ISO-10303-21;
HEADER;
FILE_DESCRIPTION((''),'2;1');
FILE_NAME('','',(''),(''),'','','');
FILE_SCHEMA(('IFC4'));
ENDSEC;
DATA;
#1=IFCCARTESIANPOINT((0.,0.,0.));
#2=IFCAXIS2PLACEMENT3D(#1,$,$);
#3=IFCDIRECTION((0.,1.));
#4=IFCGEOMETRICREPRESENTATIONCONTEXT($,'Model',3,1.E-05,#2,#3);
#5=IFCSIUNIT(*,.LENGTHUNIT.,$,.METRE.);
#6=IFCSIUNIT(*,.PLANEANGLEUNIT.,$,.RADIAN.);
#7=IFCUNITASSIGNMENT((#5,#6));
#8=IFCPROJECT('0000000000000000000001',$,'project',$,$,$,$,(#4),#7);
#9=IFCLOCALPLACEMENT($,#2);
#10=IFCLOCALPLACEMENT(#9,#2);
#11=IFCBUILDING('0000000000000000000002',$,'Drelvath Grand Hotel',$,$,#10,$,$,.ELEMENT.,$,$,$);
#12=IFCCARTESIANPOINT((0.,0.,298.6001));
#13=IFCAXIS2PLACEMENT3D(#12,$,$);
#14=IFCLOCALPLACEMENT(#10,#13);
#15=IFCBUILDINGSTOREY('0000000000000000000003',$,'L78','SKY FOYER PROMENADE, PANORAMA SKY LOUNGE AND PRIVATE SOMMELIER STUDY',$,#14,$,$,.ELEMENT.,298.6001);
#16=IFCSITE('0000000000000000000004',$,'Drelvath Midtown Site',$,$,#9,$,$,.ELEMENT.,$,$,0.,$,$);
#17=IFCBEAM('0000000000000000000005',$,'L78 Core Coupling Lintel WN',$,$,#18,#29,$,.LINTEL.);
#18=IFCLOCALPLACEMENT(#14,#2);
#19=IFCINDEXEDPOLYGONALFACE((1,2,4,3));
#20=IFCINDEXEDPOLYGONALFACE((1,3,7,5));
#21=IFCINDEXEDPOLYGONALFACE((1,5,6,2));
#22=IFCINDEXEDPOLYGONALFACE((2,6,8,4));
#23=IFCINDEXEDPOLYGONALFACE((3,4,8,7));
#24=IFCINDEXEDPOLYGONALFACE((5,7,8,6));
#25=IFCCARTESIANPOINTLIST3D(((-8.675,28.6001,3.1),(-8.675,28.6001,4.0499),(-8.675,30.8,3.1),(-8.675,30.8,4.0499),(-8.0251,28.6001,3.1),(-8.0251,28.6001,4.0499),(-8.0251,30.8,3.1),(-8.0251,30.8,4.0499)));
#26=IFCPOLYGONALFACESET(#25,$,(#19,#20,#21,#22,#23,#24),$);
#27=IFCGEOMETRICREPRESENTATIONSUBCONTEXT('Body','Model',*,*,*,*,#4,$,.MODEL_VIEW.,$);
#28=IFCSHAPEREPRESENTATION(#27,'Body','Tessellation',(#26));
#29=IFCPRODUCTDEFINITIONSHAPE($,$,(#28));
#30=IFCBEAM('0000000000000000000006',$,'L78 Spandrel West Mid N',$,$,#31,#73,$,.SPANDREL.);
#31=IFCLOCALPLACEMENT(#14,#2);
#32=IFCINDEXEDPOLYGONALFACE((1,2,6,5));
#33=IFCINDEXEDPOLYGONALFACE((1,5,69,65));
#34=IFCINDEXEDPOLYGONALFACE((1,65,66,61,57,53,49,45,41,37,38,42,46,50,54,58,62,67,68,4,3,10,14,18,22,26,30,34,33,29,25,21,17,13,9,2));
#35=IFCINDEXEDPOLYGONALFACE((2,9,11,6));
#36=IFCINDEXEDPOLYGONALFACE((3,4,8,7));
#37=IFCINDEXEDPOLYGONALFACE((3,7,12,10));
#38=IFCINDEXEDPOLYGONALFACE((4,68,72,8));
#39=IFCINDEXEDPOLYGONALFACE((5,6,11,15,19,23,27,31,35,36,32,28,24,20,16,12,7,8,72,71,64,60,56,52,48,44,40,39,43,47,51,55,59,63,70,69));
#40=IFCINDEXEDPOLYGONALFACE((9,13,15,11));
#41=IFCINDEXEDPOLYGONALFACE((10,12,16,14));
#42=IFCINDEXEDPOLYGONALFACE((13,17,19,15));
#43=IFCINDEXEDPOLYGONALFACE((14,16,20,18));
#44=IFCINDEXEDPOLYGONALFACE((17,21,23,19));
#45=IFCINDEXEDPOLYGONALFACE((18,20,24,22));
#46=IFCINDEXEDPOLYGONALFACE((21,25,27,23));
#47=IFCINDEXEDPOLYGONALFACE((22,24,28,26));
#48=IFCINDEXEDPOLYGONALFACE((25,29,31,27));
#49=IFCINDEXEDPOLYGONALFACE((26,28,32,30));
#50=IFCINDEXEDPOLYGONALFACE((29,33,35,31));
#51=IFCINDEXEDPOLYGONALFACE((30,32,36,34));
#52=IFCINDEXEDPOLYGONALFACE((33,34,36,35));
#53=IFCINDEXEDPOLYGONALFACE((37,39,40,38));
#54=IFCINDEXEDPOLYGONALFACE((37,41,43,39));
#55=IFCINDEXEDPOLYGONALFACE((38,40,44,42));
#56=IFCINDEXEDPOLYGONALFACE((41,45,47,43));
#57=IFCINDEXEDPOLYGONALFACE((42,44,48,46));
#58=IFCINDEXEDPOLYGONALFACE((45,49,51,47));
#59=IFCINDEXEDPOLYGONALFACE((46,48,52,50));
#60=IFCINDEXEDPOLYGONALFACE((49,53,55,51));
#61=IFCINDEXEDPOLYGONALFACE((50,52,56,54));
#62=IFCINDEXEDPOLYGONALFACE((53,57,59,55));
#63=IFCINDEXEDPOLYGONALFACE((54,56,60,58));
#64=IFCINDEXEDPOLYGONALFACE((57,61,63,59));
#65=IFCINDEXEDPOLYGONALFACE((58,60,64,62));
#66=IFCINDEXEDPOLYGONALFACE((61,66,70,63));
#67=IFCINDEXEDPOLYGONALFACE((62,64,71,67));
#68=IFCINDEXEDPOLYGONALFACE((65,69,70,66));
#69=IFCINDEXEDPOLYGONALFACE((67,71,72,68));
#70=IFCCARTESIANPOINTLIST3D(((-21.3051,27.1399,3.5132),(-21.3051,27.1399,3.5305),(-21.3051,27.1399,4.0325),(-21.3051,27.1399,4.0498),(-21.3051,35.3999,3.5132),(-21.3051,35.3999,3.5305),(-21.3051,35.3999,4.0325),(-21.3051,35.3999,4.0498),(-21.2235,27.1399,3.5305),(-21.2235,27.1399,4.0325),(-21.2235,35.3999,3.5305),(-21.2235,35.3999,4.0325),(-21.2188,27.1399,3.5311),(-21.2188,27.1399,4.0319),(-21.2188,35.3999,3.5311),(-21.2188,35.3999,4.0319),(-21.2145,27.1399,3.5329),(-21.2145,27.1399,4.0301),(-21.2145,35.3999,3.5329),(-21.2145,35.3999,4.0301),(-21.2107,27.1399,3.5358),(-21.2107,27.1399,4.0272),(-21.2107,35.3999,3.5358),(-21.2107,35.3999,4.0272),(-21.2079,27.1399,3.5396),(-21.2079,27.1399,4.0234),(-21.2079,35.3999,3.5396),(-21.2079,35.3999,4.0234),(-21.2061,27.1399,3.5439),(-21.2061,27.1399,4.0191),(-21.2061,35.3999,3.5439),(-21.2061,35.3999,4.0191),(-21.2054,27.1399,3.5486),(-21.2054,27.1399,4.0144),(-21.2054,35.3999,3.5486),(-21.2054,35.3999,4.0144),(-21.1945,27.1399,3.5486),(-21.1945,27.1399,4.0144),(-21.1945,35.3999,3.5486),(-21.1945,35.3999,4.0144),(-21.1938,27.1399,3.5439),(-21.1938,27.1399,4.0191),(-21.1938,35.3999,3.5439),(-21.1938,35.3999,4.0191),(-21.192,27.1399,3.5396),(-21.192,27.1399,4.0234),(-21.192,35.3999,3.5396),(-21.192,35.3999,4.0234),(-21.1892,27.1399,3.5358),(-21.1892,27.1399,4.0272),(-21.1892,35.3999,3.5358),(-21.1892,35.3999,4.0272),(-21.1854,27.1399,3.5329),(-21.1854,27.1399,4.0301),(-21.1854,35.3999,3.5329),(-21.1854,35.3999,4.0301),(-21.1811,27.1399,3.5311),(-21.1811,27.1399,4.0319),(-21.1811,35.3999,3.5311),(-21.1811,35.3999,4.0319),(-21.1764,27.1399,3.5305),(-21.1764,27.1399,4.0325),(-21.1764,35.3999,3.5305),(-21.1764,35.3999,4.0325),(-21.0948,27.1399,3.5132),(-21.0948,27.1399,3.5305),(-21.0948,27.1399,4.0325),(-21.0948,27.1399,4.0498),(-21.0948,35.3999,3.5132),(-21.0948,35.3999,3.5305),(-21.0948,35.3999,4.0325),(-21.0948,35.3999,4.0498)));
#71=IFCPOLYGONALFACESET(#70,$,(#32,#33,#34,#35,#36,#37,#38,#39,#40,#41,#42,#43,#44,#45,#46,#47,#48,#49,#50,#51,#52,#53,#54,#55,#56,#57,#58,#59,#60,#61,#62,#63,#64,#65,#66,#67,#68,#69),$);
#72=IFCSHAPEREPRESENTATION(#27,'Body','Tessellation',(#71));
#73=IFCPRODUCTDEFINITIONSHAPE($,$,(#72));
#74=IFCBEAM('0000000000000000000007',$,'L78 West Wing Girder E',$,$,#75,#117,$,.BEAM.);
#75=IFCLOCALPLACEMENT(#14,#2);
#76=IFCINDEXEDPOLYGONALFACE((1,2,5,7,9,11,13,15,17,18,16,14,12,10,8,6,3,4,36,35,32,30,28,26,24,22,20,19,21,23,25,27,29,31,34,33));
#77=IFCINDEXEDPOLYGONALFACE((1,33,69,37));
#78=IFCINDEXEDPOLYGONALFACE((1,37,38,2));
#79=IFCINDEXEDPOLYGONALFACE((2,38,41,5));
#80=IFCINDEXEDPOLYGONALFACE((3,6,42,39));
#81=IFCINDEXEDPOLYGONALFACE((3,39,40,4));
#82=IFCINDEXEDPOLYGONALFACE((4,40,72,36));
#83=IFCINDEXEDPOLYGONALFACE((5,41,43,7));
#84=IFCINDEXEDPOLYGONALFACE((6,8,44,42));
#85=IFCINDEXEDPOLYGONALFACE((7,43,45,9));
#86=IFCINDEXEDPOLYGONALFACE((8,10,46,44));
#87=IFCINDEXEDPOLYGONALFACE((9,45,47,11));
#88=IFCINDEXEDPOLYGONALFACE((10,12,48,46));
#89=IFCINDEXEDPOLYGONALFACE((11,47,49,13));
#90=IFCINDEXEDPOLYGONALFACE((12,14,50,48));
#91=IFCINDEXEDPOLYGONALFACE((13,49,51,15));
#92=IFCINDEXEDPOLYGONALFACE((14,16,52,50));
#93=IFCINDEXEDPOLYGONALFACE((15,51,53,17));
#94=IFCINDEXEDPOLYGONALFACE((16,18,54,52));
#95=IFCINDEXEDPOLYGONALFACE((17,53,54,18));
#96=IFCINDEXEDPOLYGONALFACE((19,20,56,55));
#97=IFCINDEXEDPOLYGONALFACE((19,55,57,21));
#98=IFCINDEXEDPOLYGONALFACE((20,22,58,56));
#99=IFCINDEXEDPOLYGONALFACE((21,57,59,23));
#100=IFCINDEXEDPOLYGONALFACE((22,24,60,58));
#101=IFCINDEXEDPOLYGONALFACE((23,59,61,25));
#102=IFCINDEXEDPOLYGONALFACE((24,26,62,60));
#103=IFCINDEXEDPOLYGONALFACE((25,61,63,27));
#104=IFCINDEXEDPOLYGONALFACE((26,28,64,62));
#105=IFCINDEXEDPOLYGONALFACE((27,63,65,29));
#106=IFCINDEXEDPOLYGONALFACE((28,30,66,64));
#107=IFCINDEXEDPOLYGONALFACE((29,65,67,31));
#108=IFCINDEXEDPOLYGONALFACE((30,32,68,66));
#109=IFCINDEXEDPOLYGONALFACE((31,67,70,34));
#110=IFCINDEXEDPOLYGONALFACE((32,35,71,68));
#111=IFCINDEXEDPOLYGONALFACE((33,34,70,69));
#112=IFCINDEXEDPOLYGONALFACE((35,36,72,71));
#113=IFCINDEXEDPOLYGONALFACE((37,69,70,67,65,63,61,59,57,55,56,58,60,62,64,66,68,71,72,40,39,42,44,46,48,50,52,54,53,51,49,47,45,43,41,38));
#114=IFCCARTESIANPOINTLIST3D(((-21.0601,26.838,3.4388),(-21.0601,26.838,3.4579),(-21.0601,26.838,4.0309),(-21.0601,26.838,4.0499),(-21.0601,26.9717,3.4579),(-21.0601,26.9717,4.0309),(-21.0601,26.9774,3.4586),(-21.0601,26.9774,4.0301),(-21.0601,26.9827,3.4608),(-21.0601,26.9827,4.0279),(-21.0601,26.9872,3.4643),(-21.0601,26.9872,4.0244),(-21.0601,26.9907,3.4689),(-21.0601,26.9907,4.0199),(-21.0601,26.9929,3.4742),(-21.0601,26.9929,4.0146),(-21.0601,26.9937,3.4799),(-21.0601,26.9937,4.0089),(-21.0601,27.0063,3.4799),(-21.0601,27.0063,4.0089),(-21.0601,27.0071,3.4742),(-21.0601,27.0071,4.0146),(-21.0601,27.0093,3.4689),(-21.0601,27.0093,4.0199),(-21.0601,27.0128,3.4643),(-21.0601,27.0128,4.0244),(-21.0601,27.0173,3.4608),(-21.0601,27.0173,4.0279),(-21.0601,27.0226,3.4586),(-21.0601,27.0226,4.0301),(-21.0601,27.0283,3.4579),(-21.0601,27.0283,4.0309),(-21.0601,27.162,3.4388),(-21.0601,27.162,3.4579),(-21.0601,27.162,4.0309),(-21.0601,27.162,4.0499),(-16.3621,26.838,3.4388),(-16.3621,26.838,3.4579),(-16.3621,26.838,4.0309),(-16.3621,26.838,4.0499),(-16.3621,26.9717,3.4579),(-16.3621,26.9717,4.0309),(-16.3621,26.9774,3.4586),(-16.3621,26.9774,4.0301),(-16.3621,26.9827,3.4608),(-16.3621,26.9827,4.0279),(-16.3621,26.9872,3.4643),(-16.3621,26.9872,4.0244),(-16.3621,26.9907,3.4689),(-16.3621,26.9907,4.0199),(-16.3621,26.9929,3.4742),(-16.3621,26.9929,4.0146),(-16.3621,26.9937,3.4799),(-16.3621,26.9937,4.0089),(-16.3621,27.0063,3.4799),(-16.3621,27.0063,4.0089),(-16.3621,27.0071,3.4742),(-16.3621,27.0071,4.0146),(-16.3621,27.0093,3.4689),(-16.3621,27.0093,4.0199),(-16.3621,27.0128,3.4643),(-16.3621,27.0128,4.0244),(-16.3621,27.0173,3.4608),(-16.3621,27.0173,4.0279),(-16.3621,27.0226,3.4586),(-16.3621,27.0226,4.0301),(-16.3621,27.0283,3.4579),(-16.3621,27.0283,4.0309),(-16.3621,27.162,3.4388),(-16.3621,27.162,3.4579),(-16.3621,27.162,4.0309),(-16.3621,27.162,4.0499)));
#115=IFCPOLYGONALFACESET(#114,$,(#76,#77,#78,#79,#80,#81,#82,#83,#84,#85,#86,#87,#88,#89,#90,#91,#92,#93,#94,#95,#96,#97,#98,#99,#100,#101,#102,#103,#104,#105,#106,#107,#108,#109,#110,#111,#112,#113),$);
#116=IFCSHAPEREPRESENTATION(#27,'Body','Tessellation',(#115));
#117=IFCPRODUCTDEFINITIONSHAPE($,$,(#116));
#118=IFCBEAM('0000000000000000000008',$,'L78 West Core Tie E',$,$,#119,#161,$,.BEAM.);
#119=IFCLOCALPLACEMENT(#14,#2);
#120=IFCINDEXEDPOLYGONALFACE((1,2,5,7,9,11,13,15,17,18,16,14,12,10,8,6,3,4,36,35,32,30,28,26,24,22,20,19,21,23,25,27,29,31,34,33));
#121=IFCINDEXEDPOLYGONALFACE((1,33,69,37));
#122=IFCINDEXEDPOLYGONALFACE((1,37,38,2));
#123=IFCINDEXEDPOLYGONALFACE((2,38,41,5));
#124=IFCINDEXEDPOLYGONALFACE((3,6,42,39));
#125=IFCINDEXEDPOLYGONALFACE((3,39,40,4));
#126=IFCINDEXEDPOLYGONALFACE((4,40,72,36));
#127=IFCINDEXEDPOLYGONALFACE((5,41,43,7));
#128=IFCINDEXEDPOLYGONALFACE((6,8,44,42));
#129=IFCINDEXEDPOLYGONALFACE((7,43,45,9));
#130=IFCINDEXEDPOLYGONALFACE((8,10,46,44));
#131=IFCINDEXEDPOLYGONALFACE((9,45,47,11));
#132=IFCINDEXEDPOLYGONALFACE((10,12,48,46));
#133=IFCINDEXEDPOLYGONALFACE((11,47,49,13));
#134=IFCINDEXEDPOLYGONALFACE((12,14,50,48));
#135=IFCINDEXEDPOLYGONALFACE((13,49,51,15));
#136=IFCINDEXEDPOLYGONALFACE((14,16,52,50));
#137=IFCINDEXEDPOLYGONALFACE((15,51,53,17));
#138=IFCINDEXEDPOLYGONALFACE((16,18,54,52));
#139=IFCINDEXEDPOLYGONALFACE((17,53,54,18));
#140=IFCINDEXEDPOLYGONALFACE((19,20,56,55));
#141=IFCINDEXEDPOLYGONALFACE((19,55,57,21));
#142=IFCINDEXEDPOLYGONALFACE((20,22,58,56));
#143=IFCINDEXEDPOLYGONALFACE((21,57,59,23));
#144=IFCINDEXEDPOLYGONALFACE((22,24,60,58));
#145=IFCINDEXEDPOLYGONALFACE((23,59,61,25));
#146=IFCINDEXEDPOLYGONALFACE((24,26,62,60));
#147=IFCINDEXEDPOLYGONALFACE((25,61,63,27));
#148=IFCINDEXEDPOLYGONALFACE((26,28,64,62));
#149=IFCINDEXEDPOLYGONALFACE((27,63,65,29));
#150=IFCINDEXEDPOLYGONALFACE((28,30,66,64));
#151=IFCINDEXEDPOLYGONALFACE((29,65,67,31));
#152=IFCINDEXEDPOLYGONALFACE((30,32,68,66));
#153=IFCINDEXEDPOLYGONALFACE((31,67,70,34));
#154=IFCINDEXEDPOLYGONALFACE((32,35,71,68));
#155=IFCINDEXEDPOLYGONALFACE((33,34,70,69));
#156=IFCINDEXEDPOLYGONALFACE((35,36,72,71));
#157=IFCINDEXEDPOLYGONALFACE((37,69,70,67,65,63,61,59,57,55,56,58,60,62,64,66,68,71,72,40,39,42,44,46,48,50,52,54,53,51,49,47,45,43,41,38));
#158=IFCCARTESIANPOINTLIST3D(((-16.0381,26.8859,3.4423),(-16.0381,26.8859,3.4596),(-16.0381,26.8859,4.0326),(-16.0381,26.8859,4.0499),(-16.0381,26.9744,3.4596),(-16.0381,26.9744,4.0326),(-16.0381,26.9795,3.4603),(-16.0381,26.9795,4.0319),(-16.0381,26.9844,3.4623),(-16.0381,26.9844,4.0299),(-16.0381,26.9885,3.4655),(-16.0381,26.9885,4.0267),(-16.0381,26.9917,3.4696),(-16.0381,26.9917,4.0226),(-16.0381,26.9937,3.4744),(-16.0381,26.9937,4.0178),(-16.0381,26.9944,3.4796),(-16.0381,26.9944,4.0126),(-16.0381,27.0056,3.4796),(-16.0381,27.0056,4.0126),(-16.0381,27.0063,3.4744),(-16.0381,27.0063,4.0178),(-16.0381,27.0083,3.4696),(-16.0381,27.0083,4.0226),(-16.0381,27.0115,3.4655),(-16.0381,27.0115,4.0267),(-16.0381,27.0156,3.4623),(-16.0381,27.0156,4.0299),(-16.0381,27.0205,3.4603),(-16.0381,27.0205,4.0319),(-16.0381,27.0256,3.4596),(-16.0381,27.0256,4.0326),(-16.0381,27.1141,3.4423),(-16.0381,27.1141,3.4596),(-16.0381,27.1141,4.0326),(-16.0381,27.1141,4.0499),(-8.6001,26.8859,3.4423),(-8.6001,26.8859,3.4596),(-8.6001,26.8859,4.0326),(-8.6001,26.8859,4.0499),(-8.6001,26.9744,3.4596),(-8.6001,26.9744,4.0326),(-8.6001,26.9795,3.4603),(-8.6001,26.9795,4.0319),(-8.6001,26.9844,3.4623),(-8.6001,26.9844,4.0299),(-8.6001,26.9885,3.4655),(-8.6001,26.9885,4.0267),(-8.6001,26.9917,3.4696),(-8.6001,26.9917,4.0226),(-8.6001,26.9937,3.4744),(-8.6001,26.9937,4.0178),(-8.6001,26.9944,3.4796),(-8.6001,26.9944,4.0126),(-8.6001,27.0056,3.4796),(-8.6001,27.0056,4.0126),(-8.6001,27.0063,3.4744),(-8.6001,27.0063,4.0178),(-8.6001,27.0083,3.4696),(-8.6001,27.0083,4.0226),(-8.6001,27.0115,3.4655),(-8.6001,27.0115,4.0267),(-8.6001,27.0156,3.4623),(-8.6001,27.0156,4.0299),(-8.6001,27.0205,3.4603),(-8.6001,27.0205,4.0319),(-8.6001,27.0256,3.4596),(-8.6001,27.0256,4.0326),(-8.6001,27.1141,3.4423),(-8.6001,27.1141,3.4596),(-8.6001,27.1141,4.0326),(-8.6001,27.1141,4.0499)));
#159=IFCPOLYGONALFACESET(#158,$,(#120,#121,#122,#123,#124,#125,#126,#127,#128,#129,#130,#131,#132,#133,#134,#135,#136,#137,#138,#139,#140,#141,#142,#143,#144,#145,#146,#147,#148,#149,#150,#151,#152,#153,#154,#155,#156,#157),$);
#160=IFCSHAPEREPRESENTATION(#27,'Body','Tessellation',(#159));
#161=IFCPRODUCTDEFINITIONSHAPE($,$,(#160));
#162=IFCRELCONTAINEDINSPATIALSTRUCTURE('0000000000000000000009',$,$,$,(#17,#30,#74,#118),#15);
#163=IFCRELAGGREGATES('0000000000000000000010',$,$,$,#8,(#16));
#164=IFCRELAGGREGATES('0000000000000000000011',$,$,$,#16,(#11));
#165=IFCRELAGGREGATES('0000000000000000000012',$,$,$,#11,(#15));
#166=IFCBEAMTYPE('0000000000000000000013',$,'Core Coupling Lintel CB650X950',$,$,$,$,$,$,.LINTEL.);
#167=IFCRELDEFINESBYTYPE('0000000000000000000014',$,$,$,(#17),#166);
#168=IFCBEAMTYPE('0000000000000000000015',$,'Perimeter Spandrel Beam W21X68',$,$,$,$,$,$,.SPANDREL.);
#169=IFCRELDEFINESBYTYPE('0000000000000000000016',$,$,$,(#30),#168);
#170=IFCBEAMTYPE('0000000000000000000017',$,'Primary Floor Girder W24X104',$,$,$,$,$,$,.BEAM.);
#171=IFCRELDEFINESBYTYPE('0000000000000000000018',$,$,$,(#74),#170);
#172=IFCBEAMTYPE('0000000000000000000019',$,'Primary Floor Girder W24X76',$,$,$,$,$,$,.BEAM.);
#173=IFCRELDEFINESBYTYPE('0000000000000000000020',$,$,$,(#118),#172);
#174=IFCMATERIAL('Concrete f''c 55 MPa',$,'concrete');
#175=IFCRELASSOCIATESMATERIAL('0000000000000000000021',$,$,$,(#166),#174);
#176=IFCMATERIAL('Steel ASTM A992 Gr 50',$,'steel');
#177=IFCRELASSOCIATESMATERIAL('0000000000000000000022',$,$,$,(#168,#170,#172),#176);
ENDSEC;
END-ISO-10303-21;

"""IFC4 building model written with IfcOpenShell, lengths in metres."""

from ifc_helpers import new_model, si_unit, direction, frame, origin, origin_2d, place, context, subcontext, project, spatial, rectangle, i_section, extrude, material, material_profile, profile_set, type_object, element, save


model = new_model("IFC4")

# Units and contexts
model_context = context("Model", 3, precision=1e-05, world=origin(), true_north=direction((0.0, 1.0)))
body_context = subcontext(model_context, "Body", "Model", "MODEL_VIEW")
ifc_project = project(units=[si_unit("LENGTHUNIT", "METRE"), si_unit("PLANEANGLEUNIT", "RADIAN")], contexts=[model_context])

# Site, building, storey
site_placement = place(None, origin())
site = spatial("IfcSite", under=ifc_project, at=site_placement, Name="Drelvath Midtown Site", CompositionType="ELEMENT", RefElevation=0.0)
building_placement = place(site_placement, origin())
building = spatial("IfcBuilding", under=site, at=building_placement, Name="Drelvath Grand Hotel", CompositionType="ELEMENT")
storey_placement = place(building_placement, frame((0.0, 0.0, 298.6001)))
storey = spatial("IfcBuildingStorey", under=building, at=storey_placement, Name="L78", Description="SKY FOYER PROMENADE, PANORAMA SKY LOUNGE AND PRIVATE SOMMELIER STUDY", CompositionType="ELEMENT", Elevation=298.6001)

# Beams
ifc_material_1 = material(Name="Concrete f'c 55 MPa", Category="concrete")
ifc_material_profile_1 = material_profile(ifc_material_1, rectangle(XDim=0.6499, YDim=0.95, at=origin_2d()), Name="CB650X950")
ifc_profile_set_1 = profile_set([ifc_material_profile_1], Name="Concrete f'c 55 MPa")
beam_type_1 = type_object("IfcBeamType", Name="Core Coupling Lintel CB650X950", PredefinedType="LINTEL", material=ifc_profile_set_1)
beam_1_placement = place(storey_placement, frame((-8.3501, 28.6001, 3.575), z_axis=(0.0, 1.0, 0.0), x_axis=(-1.0, 0.0, 0.0)))
element("IfcBeam", 1, at=beam_1_placement, inside=storey, type_object=beam_type_1, Name="L78 Core Coupling Lintel WN", PredefinedType="LINTEL", context=body_context, shape_type="SweptSolid", body=[
    extrude(rectangle(XDim=0.6499, YDim=0.95, at=origin_2d()), origin(), (0.0, 0.0, 1.0), 2.2),
])
ifc_material_2 = material(Name="Steel ASTM A992 Gr 50", Category="steel")
ifc_material_profile_2 = material_profile(ifc_material_2, i_section(OverallWidth=0.2102, OverallDepth=0.5366, WebThickness=0.011, FlangeThickness=0.0173, FilletRadius=0.0181, at=origin_2d()), Name="W21X68")
ifc_profile_set_2 = profile_set([ifc_material_profile_2], Name="Steel ASTM A992 Gr 50")
beam_type_2 = type_object("IfcBeamType", Name="Perimeter Spandrel Beam W21X68", PredefinedType="SPANDREL", material=ifc_profile_set_2)
beam_2_placement = place(storey_placement, frame((-21.2, 27.1399, 3.7815), z_axis=(0.0, 1.0, 0.0), x_axis=(-1.0, 0.0, 0.0)))
element("IfcBeam", 2, at=beam_2_placement, inside=storey, type_object=beam_type_2, Name="L78 Spandrel West Mid N", PredefinedType="SPANDREL", context=body_context, shape_type="SweptSolid", body=[
    extrude(i_section(OverallWidth=0.2102, OverallDepth=0.5366, WebThickness=0.011, FlangeThickness=0.0173, FilletRadius=0.0181, at=origin_2d()), origin(), (0.0, 0.0, 1.0), 8.26),
])
ifc_material_profile_3 = material_profile(ifc_material_2, i_section(OverallWidth=0.324, OverallDepth=0.6111, WebThickness=0.0127, FlangeThickness=0.019, FilletRadius=0.022, at=origin_2d()), Name="W24X104")
ifc_profile_set_3 = profile_set([ifc_material_profile_3], Name="Steel ASTM A992 Gr 50")
beam_type_3 = type_object("IfcBeamType", Name="Primary Floor Girder W24X104", PredefinedType="BEAM", material=ifc_profile_set_3)
beam_3_placement = place(storey_placement, frame((-21.0601, 27.0, 3.7444), z_axis=(1.0, 0.0, 0.0), x_axis=(0.0, 1.0, 0.0)))
element("IfcBeam", 3, at=beam_3_placement, inside=storey, type_object=beam_type_3, Name="L78 West Wing Girder E", PredefinedType="BEAM", context=body_context, shape_type="SweptSolid", body=[
    extrude(i_section(OverallWidth=0.324, OverallDepth=0.6111, WebThickness=0.0127, FlangeThickness=0.019, FilletRadius=0.022, at=origin_2d()), origin(), (0.0, 0.0, 1.0), 4.698),
])
ifc_material_profile_4 = material_profile(ifc_material_2, i_section(OverallWidth=0.2283, OverallDepth=0.6077, WebThickness=0.0112, FlangeThickness=0.0173, FilletRadius=0.02, at=origin_2d()), Name="W24X76")
ifc_profile_set_4 = profile_set([ifc_material_profile_4], Name="Steel ASTM A992 Gr 50")
beam_type_4 = type_object("IfcBeamType", Name="Primary Floor Girder W24X76", PredefinedType="BEAM", material=ifc_profile_set_4)
for number, where, z_axis, x_axis, name in (
    (4, (-16.0381, 27.0, 3.7461), (1.0, 0.0, 0.0), (0.0, 1.0, 0.0), "L78 West Core Tie E"),
):
    element("IfcBeam", number, at=place(storey_placement, frame(where, z_axis=z_axis, x_axis=x_axis)), inside=storey, type_object=beam_type_4, Name=name, PredefinedType="BEAM", context=body_context, shape_type="SweptSolid", body=[
        extrude(i_section(OverallWidth=0.2283, OverallDepth=0.6077, WebThickness=0.0112, FlangeThickness=0.0173, FilletRadius=0.02, at=origin_2d()), origin(), (0.0, 0.0, 1.0), 7.438),
    ])

save(model, "model.ifc")
